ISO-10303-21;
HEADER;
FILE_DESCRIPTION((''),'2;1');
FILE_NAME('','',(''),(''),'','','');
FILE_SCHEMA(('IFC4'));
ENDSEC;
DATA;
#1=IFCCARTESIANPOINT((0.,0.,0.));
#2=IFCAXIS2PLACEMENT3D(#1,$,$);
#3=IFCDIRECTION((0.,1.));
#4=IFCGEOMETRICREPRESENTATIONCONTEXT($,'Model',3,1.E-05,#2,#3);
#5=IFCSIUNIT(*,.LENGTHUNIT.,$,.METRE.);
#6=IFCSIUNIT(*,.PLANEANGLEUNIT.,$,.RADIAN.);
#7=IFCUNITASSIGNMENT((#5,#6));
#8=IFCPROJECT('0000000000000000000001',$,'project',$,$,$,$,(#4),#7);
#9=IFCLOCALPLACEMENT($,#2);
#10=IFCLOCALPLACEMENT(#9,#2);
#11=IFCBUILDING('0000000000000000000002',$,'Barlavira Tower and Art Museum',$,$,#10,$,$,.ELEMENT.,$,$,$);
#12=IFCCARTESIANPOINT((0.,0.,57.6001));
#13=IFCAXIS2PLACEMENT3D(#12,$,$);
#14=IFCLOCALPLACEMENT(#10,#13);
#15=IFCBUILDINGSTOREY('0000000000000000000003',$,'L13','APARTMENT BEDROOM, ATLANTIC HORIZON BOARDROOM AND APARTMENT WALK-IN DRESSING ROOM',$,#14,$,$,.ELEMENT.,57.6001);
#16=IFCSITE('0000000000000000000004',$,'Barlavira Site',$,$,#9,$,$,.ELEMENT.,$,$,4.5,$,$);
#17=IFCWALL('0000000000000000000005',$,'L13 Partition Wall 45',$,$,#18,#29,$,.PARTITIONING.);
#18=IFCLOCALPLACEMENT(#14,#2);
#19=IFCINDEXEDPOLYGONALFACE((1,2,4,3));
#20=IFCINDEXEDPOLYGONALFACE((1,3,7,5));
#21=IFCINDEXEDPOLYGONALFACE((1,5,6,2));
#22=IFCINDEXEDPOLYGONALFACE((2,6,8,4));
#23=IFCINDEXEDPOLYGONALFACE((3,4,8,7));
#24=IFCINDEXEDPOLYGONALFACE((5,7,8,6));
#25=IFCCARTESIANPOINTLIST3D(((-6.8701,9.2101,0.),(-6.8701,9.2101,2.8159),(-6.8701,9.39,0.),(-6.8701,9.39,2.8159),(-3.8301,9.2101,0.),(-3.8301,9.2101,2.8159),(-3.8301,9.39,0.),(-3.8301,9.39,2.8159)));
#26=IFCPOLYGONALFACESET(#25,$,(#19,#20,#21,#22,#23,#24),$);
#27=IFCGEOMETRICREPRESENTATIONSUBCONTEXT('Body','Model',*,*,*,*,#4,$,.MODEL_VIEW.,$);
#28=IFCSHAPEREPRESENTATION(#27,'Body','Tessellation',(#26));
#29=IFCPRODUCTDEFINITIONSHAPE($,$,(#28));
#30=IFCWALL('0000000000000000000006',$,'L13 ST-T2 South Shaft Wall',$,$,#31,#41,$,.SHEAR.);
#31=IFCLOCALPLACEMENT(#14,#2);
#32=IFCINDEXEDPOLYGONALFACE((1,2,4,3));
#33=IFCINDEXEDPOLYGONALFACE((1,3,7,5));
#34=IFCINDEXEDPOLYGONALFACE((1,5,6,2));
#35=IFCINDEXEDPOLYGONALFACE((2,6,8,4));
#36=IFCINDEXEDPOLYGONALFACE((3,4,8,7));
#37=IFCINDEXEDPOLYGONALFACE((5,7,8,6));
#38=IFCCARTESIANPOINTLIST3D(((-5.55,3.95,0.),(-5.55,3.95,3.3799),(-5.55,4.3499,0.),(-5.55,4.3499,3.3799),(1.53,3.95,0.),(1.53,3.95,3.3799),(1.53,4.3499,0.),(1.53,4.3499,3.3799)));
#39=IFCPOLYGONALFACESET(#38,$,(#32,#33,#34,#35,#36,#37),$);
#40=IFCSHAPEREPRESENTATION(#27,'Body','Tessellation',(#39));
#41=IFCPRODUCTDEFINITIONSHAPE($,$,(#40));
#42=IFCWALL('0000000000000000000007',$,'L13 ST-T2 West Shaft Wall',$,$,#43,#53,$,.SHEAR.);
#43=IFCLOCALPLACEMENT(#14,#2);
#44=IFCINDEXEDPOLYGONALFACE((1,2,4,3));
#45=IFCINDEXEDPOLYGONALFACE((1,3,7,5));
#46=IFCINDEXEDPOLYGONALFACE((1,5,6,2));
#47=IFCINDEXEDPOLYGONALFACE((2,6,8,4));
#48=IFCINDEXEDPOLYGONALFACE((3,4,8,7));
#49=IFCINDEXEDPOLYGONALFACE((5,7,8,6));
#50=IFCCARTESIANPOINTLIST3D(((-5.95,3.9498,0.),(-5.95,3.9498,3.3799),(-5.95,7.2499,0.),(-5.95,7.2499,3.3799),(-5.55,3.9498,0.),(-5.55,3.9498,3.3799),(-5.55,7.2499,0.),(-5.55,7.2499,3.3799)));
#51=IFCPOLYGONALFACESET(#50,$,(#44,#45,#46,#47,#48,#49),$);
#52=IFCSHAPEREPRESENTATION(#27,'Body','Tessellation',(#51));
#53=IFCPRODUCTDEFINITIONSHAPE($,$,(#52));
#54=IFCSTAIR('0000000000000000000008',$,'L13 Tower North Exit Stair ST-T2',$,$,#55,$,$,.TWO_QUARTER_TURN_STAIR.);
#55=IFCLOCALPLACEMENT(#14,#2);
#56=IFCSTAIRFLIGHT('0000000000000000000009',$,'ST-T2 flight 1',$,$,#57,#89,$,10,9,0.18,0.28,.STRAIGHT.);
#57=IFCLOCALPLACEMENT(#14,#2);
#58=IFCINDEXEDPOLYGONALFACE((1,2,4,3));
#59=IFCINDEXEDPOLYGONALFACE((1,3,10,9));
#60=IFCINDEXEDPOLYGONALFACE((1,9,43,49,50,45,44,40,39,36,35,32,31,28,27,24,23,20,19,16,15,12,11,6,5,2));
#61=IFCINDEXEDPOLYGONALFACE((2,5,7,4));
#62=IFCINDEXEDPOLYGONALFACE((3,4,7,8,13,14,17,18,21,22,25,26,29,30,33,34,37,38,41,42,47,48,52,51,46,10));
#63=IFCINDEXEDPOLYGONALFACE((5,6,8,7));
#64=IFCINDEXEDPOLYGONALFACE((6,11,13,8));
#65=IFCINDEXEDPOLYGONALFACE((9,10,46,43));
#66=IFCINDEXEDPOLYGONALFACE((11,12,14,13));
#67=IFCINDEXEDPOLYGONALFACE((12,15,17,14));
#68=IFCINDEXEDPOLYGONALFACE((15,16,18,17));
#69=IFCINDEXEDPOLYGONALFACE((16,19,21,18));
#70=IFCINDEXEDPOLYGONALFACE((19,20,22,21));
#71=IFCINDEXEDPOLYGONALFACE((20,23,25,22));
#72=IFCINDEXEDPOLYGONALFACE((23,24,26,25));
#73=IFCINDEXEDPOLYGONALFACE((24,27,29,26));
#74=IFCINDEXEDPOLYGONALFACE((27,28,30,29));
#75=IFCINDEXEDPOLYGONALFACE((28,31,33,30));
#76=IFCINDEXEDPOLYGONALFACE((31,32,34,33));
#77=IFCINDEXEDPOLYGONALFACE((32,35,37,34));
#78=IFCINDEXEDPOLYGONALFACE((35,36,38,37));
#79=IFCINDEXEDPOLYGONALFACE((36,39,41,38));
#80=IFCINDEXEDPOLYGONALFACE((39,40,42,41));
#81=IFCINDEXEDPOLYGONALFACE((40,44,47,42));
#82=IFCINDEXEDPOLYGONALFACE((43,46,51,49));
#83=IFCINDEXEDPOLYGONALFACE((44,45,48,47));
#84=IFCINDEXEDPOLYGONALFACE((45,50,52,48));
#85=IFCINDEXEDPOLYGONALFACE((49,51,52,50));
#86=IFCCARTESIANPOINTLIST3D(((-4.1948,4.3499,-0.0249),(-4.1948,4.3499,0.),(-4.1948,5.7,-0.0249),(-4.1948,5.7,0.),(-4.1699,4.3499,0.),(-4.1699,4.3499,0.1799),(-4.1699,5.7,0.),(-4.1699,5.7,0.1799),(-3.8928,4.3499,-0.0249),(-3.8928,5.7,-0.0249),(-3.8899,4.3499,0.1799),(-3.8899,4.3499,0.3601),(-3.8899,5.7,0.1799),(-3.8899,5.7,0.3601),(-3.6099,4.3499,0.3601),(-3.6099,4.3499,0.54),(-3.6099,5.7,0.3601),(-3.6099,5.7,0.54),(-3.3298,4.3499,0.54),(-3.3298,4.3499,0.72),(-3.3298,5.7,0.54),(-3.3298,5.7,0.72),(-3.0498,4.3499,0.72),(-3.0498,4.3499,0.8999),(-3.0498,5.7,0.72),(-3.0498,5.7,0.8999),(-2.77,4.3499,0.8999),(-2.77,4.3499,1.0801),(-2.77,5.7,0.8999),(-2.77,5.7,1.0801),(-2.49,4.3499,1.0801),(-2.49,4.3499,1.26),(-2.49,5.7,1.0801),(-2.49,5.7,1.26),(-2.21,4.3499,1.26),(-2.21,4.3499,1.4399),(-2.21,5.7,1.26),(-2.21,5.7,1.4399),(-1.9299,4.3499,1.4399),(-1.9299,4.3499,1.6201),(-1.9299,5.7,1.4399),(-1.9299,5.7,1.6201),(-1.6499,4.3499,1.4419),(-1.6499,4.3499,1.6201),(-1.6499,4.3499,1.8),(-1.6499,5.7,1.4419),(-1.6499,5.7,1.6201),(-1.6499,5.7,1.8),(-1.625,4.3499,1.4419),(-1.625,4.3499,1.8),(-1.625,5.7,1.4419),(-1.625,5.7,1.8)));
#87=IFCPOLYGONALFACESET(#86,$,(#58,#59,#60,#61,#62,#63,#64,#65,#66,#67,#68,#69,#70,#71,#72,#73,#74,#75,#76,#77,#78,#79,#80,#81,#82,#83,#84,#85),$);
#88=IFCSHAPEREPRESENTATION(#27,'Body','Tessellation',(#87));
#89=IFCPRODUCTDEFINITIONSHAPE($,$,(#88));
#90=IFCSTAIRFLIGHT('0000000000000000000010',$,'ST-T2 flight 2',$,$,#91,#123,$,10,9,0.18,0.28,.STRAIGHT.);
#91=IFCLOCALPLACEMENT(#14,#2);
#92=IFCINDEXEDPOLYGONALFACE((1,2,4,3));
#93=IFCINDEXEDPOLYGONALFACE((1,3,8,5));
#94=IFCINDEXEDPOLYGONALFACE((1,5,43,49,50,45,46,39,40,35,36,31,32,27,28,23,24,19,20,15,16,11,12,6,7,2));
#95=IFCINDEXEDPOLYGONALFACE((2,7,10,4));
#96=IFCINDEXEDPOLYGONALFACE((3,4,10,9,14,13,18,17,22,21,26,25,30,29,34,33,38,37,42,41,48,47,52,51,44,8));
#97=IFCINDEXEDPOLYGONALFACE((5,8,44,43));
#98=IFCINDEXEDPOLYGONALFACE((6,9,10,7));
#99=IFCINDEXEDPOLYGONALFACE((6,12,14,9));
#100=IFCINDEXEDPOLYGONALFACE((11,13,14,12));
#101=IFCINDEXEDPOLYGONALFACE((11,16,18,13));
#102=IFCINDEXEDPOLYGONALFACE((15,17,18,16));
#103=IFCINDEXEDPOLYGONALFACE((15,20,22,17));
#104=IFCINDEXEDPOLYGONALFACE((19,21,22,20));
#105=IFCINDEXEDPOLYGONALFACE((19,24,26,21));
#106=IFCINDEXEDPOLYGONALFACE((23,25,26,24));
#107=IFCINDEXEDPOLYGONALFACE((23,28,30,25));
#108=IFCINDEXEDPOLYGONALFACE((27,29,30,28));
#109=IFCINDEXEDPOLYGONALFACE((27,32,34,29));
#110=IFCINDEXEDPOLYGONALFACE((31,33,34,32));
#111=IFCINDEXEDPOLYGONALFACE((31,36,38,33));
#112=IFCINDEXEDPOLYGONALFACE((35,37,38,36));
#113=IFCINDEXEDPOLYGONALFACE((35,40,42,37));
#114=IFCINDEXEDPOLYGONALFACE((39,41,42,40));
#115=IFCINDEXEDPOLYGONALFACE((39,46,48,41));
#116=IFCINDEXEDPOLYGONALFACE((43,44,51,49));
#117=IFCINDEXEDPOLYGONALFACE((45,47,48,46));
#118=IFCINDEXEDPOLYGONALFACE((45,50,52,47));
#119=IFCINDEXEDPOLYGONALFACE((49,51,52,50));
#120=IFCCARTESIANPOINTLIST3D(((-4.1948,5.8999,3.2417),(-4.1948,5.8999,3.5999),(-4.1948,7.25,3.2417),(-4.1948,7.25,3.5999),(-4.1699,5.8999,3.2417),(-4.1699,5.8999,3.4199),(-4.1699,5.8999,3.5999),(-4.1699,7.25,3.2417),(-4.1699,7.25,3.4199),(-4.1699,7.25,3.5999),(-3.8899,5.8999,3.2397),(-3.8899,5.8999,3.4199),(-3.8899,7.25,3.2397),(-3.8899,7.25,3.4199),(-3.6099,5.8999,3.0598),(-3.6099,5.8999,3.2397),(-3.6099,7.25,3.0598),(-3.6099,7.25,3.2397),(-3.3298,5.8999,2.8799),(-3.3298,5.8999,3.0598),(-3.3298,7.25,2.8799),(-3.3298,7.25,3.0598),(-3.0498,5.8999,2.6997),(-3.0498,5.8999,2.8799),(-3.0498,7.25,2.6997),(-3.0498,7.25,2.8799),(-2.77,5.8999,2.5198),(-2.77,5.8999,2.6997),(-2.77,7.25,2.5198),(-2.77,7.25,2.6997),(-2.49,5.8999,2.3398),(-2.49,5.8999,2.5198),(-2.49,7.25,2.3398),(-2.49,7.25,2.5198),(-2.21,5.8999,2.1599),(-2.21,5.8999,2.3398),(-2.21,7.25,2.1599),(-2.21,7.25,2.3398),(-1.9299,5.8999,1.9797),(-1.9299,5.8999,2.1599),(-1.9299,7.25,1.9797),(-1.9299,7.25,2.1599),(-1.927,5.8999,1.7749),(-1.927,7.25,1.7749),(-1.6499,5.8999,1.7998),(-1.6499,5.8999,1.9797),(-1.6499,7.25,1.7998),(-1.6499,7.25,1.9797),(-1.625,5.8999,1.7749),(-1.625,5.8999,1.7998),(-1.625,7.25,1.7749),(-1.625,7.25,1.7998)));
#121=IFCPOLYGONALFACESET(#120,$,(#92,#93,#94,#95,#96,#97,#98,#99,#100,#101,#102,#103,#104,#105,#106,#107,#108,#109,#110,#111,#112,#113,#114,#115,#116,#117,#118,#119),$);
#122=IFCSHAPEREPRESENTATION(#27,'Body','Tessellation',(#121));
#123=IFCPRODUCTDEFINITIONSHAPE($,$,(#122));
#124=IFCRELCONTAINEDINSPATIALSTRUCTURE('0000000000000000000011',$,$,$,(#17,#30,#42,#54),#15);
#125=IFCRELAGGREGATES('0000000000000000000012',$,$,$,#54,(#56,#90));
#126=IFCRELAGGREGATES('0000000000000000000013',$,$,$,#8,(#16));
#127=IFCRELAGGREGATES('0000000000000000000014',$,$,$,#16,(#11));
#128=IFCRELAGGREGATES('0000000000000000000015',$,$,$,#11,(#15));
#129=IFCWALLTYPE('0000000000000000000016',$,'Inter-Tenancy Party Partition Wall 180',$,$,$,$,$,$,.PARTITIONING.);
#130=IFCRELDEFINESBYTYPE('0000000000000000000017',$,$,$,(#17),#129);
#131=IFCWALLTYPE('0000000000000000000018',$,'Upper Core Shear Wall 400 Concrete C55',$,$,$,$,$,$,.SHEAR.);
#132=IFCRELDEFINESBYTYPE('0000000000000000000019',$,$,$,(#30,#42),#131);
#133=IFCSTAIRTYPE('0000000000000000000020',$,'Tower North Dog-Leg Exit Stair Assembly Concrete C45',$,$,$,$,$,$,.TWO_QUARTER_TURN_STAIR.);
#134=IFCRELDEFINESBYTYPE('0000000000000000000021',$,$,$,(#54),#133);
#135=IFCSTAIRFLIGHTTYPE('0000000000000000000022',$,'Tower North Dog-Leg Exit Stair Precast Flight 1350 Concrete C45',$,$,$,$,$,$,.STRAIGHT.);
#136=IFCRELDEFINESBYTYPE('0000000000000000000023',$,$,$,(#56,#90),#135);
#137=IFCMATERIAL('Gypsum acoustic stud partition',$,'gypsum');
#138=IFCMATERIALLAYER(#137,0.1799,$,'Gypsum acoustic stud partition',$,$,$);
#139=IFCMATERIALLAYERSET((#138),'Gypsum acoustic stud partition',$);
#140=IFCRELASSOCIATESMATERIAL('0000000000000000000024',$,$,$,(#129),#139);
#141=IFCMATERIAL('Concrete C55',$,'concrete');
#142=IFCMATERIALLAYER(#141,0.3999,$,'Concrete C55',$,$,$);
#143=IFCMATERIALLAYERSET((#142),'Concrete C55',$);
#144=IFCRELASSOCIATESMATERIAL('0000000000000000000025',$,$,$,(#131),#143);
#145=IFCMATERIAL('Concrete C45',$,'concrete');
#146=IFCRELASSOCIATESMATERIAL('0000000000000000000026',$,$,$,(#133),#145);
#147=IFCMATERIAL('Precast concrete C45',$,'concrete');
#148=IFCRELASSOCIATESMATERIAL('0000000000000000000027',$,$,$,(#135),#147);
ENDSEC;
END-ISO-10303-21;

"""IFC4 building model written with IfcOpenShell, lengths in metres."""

from ifc_helpers import new_model, si_unit, direction, frame, frame_2d, origin, place, context, subcontext, project, spatial, polyline, rectangle, outline, extrude, material, layer, layer_set, type_object, element, aggregate, save


model = new_model("IFC4")

# Units and contexts
model_context = context("Model", 3, precision=1e-05, world=origin(), true_north=direction((0.0, 1.0)))
body_context = subcontext(model_context, "Body", "Model", "MODEL_VIEW")
ifc_project = project(units=[si_unit("LENGTHUNIT", "METRE"), si_unit("PLANEANGLEUNIT", "RADIAN")], contexts=[model_context])

# Site, building, storey
site_placement = place(None, origin())
site = spatial("IfcSite", under=ifc_project, at=site_placement, Name="Barlavira Site", CompositionType="ELEMENT", RefElevation=4.5)
building_placement = place(site_placement, origin())
building = spatial("IfcBuilding", under=site, at=building_placement, Name="Barlavira Tower and Art Museum", CompositionType="ELEMENT")
storey_placement = place(building_placement, frame((0.0, 0.0, 57.6001)))
storey = spatial("IfcBuildingStorey", under=building, at=storey_placement, Name="L13", Description="APARTMENT BEDROOM, ATLANTIC HORIZON BOARDROOM AND APARTMENT WALK-IN DRESSING ROOM", CompositionType="ELEMENT", Elevation=57.6001)

# Shared definitions
ifc_material_1 = material(Name="Gypsum acoustic stud partition", Category="gypsum")

# Walls
ifc_layer_1 = layer(ifc_material_1, 0.1799, Name="Gypsum acoustic stud partition")
ifc_layer_set_1 = layer_set([ifc_layer_1], Name="Gypsum acoustic stud partition")
wall_type_1 = type_object("IfcWallType", Name="Inter-Tenancy Party Partition Wall 180", PredefinedType="PARTITIONING", material=ifc_layer_set_1)
wall_1_placement = place(storey_placement, frame((-6.8701, 9.3, 0.0), z_axis=(0.0, 0.0, 1.0), x_axis=(1.0, 0.0, 0.0)))
element("IfcWall", 1, at=wall_1_placement, inside=storey, type_object=wall_type_1, Name="L13 Partition Wall 45", PredefinedType="PARTITIONING", context=body_context, shape_type="SweptSolid", body=[
    extrude(rectangle(XDim=3.04, YDim=0.1799, at=frame_2d((1.52, 0.0))), origin(), (0.0, 0.0, 1.0), 2.8159),
])
ifc_material_2 = material(Name="Concrete C55", Category="concrete")
ifc_layer_2 = layer(ifc_material_2, 0.3999, Name="Concrete C55")
ifc_layer_set_2 = layer_set([ifc_layer_2], Name="Concrete C55")
wall_type_2 = type_object("IfcWallType", Name="Upper Core Shear Wall 400 Concrete C55", PredefinedType="SHEAR", material=ifc_layer_set_2)
wall_2_placement = place(storey_placement, frame((-5.55, 4.1499, 0.0), z_axis=(0.0, 0.0, 1.0), x_axis=(1.0, 0.0, 0.0)))
element("IfcWall", 2, at=wall_2_placement, inside=storey, type_object=wall_type_2, Name="L13 ST-T2 South Shaft Wall", PredefinedType="SHEAR", context=body_context, shape_type="SweptSolid", body=[
    extrude(rectangle(XDim=7.0801, YDim=0.3999, at=frame_2d((3.54, 0.0))), origin(), (0.0, 0.0, 1.0), 3.3799),
])
wall_3_placement = place(storey_placement, frame((-5.75, 3.95, 0.0), z_axis=(0.0, 0.0, 1.0), x_axis=(0.0, 1.0, 0.0)))
element("IfcWall", 3, at=wall_3_placement, inside=storey, type_object=wall_type_2, Name="L13 ST-T2 West Shaft Wall", PredefinedType="SHEAR", context=body_context, shape_type="SweptSolid", body=[
    extrude(rectangle(XDim=3.3, YDim=0.3999, at=frame_2d((1.6499, 0.0))), origin(), (0.0, 0.0, 1.0), 3.3799),
])

# Stair, stair flights
ifc_material_3 = material(Name="Concrete C45", Category="concrete")
stair_type = type_object("IfcStairType", Name="Tower North Dog-Leg Exit Stair Assembly Concrete C45", PredefinedType="TWO_QUARTER_TURN_STAIR", material=ifc_material_3)
stair_placement = place(storey_placement, origin())
stair = element("IfcStair", 4, at=stair_placement, inside=storey, type_object=stair_type, Name="L13 Tower North Exit Stair ST-T2", PredefinedType="TWO_QUARTER_TURN_STAIR")
ifc_material_4 = material(Name="Precast concrete C45", Category="concrete")
stair_flight_type = type_object("IfcStairFlightType", Name="Tower North Dog-Leg Exit Stair Precast Flight 1350 Concrete C45", PredefinedType="STRAIGHT", material=ifc_material_4)
stair_flight_1_placement = place(storey_placement, frame((-4.1699, 5.0249, 0.0), z_axis=(0.0, 0.0, 1.0), x_axis=(1.0, 0.0, 0.0)))
stair_flight_1 = element("IfcStairFlight", 5, at=stair_flight_1_placement, type_object=stair_flight_type, Name="ST-T2 flight 1", NumberOfRisers=10, NumberOfTreads=9, PredefinedType="STRAIGHT", RiserHeight=0.18, TreadLength=0.28, context=body_context, shape_type="SweptSolid", body=[
    extrude(outline(polyline([(-0.0249, 0.0), (0.0, 0.0), (0.0, 0.1799), (0.28, 0.1799), (0.28, 0.3601), (0.5601, 0.3601), (0.5601, 0.54), (0.8401, 0.54), (0.8401, 0.72), (1.1201, 0.72), (1.1201, 0.8999), (1.3999, 0.8999), (1.3999, 1.0801), (1.6799, 1.0801), (1.6799, 1.26), (1.96, 1.26), (1.96, 1.4399), (2.24, 1.4399), (2.24, 1.6201), (2.52, 1.6201), (2.52, 1.8), (2.5449, 1.8), (2.5449, 1.4419), (2.52, 1.4419), (0.2771, -0.0249), (-0.0249, -0.0249), (-0.0249, 0.0)])), frame((0.0, 0.675, 0.0), z_axis=(0.0, -1.0, 0.0), x_axis=(1.0, 0.0, 0.0)), (0.0, 0.0, 1.0), 1.3501),
])
stair_flight_2_placement = place(storey_placement, frame((-1.6499, 6.575, 1.7998), z_axis=(0.0, 0.0, 1.0), x_axis=(-1.0, 0.0, 0.0)))
stair_flight_2 = element("IfcStairFlight", 6, at=stair_flight_2_placement, type_object=stair_flight_type, Name="ST-T2 flight 2", NumberOfRisers=10, NumberOfTreads=9, PredefinedType="STRAIGHT", RiserHeight=0.18, TreadLength=0.28, context=body_context, shape_type="SweptSolid", body=[
    extrude(outline(polyline([(-0.0249, 0.0), (0.0, 0.0), (0.0, 0.1799), (0.28, 0.1799), (0.28, 0.3601), (0.5601, 0.3601), (0.5601, 0.54), (0.8401, 0.54), (0.8401, 0.72), (1.1201, 0.72), (1.1201, 0.8999), (1.3999, 0.8999), (1.3999, 1.0801), (1.6799, 1.0801), (1.6799, 1.26), (1.96, 1.26), (1.96, 1.4399), (2.24, 1.4399), (2.24, 1.6201), (2.52, 1.6201), (2.52, 1.8), (2.5449, 1.8), (2.5449, 1.4419), (2.52, 1.4419), (0.2771, -0.0249), (-0.0249, -0.0249), (-0.0249, 0.0)])), frame((0.0, 0.675, 0.0), z_axis=(0.0, -1.0, 0.0), x_axis=(1.0, 0.0, 0.0)), (0.0, 0.0, 1.0), 1.3501),
])
aggregate(stair, [stair_flight_1, stair_flight_2])

save(model, "model.ifc")
